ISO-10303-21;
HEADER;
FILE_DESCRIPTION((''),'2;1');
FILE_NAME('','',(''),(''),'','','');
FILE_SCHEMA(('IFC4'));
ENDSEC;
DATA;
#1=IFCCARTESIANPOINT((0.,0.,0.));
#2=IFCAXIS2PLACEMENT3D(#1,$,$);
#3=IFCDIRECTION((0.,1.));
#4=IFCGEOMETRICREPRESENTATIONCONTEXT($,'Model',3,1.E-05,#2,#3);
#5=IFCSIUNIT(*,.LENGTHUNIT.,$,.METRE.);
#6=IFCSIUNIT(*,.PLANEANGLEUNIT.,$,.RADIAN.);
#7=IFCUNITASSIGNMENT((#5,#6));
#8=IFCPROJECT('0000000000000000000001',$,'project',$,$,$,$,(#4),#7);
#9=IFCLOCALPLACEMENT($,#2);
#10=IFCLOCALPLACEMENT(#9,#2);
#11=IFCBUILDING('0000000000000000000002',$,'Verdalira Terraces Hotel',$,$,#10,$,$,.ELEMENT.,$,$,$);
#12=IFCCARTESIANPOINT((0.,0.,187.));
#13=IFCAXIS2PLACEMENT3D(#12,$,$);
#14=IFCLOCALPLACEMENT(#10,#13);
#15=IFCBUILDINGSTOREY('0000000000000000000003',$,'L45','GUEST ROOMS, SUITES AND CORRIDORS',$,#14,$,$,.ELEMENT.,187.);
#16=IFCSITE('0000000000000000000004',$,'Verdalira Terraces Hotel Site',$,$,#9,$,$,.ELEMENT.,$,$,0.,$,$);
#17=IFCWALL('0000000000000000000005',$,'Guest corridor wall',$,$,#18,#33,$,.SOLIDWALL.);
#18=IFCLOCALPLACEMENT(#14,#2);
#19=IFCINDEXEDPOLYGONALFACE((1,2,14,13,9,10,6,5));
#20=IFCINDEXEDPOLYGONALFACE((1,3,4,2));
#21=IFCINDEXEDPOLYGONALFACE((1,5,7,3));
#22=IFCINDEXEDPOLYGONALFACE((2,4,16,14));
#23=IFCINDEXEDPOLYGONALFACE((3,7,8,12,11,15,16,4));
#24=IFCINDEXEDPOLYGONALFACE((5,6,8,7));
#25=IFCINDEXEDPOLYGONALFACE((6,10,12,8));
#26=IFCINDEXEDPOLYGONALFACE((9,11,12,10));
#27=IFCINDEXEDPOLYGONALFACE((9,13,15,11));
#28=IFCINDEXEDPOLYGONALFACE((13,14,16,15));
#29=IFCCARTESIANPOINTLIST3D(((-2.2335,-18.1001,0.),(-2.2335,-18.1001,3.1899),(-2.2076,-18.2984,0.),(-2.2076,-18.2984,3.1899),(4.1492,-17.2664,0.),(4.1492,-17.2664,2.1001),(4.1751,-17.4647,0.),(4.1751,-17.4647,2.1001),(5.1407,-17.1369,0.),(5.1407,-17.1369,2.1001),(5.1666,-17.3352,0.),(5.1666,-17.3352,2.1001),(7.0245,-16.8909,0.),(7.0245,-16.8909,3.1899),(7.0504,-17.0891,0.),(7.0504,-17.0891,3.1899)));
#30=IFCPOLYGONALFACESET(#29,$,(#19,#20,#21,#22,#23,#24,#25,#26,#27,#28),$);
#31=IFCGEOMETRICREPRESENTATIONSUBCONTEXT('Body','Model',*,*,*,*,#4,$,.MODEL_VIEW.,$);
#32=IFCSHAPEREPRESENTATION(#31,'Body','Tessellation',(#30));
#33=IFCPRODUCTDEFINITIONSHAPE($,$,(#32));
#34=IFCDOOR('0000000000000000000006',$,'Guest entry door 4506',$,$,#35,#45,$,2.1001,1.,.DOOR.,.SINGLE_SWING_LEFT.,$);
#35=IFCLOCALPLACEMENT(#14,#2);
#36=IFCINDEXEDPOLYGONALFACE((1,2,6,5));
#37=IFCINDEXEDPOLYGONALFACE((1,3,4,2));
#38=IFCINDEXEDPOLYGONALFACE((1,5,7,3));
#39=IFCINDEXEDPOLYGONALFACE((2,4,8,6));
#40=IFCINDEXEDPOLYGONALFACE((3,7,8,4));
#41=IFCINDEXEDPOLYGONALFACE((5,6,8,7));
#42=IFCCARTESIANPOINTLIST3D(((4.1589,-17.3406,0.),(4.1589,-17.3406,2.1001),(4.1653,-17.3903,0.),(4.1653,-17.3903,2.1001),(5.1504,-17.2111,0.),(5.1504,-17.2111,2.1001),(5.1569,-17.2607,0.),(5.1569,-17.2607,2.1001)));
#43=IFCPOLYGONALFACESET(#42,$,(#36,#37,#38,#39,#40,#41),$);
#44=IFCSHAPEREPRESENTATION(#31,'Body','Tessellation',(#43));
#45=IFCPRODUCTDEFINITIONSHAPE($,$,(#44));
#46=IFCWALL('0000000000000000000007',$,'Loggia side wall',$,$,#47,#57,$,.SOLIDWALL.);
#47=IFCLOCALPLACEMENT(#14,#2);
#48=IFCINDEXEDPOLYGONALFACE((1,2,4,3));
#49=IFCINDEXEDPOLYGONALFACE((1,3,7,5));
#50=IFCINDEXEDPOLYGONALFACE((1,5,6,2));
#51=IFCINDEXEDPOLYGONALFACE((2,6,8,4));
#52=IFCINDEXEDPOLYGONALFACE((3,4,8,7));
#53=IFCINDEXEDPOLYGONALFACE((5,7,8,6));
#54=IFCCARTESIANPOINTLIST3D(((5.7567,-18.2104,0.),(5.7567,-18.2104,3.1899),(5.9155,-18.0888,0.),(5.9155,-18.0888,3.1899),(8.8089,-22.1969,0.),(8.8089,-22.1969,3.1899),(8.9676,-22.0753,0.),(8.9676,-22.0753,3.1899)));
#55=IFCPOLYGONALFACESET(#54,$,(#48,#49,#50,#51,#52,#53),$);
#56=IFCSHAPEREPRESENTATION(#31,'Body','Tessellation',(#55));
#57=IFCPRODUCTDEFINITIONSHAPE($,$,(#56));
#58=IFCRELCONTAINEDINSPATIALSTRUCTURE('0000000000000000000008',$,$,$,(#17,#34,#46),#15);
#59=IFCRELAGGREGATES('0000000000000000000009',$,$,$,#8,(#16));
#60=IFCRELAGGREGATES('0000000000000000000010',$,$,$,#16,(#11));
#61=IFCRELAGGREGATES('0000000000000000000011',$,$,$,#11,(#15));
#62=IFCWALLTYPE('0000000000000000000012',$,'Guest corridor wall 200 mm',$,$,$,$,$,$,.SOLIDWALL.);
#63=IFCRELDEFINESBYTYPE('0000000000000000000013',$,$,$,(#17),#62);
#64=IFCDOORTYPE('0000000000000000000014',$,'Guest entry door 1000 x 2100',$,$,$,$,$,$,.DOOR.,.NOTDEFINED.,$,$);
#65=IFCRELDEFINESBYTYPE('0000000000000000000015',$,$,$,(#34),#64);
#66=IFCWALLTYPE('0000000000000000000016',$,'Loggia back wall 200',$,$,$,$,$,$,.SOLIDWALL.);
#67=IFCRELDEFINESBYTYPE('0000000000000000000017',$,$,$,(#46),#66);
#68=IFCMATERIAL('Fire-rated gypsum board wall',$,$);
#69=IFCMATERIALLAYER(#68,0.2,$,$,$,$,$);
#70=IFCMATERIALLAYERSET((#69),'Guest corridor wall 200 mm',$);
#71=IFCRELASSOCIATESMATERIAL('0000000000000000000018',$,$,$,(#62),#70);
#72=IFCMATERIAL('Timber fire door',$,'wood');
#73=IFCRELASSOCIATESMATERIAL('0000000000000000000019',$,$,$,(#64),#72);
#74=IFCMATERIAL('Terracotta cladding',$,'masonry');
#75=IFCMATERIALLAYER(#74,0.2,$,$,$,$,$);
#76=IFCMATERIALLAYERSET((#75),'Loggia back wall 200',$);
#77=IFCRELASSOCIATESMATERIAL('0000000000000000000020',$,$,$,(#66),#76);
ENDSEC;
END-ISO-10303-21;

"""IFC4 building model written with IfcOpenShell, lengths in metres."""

from ifc_helpers import new_model, si_unit, direction, frame, frame_2d, origin, place, context, subcontext, project, spatial, rectangle, extrude, material, layer, layer_set, type_object, element, fill, save


model = new_model("IFC4")

# Units and contexts
model_context = context("Model", 3, precision=1e-05, world=origin(), true_north=direction((0.0, 1.0)))
body_context = subcontext(model_context, "Body", "Model", "MODEL_VIEW")
ifc_project = project(units=[si_unit("LENGTHUNIT", "METRE"), si_unit("PLANEANGLEUNIT", "RADIAN")], contexts=[model_context])

# Site, building, storey
site_placement = place(None, origin())
site = spatial("IfcSite", under=ifc_project, at=site_placement, Name="Verdalira Terraces Hotel Site", CompositionType="ELEMENT", RefElevation=0.0)
building_placement = place(site_placement, origin())
building = spatial("IfcBuilding", under=site, at=building_placement, Name="Verdalira Terraces Hotel", CompositionType="ELEMENT")
storey_placement = place(building_placement, frame((0.0, 0.0, 187.0)))
storey = spatial("IfcBuildingStorey", under=building, at=storey_placement, Name="L45", Description="GUEST ROOMS, SUITES AND CORRIDORS", CompositionType="ELEMENT", Elevation=187.0)

# Wall, opening, door
ifc_material_1 = material(Name="Fire-rated gypsum board wall")
ifc_layer_1 = layer(ifc_material_1, 0.2)
ifc_layer_set_1 = layer_set([ifc_layer_1], Name="Guest corridor wall 200 mm")
wall_type_1 = type_object("IfcWallType", Name="Guest corridor wall 200 mm", PredefinedType="SOLIDWALL", material=ifc_layer_set_1)
wall_1_placement = place(storey_placement, frame((7.0376, -16.99, 0.0), z_axis=(0.0, 0.0, 1.0), x_axis=(-0.991578, -0.129514, 0.0)))
wall_1 = element("IfcWall", 1, at=wall_1_placement, inside=storey, type_object=wall_type_1, Name="Guest corridor wall", PredefinedType="SOLIDWALL", context=body_context, shape_type="SweptSolid", body=[
    extrude(rectangle(XDim=9.3367, YDim=0.2, at=frame_2d((4.6685, 0.0))), origin(), (0.0, 0.0, 1.0), 3.1899),
])
opening_1_placement = place(wall_1_placement, frame((1.8999, 0.0, 0.0)))
opening_1 = element("IfcOpeningElement", 2, at=opening_1_placement, cuts=wall_1, PredefinedType="OPENING", context=body_context, shape_type="SweptSolid", body=[
    extrude(rectangle(XDim=1.0, YDim=2.1001, at=frame_2d((0.5, 1.05))), frame((0.0, 0.1099, 0.0), z_axis=(0.0, -1.0, 0.0), x_axis=(1.0, 0.0, 0.0)), (0.0, 0.0, 1.0), 0.22),
])
ifc_material_2 = material(Name="Timber fire door", Category="wood")
door_type_1 = type_object("IfcDoorType", Name="Guest entry door 1000 x 2100", OperationType="NOTDEFINED", PredefinedType="DOOR", material=ifc_material_2)
door_1_placement = place(opening_1_placement, origin())
door_1 = element("IfcDoor", 3, at=door_1_placement, inside=storey, type_object=door_type_1, Name="Guest entry door 4506", OperationType="SINGLE_SWING_LEFT", OverallHeight=2.1001, OverallWidth=1.0, PredefinedType="DOOR", context=body_context, shape_type="SweptSolid", body=[
    extrude(rectangle(XDim=1.0, YDim=2.1001, at=frame_2d((0.5, 1.05))), frame((0.0, 0.0249, 0.0), z_axis=(0.0, -1.0, 0.0), x_axis=(1.0, 0.0, 0.0)), (0.0, 0.0, 1.0), 0.05),
])
fill(opening_1, door_1)

# Wall
ifc_material_3 = material(Name="Terracotta cladding", Category="masonry")
ifc_layer_2 = layer(ifc_material_3, 0.2)
ifc_layer_set_2 = layer_set([ifc_layer_2], Name="Loggia back wall 200")
wall_type_2 = type_object("IfcWallType", Name="Loggia back wall 200", PredefinedType="SOLIDWALL", material=ifc_layer_set_2)
wall_2_placement = place(storey_placement, frame((8.8882, -22.136, 0.0), z_axis=(0.0, 0.0, 1.0), x_axis=(-0.607914, 0.794003, 0.0)))
element("IfcWall", 4, at=wall_2_placement, inside=storey, type_object=wall_type_2, Name="Loggia side wall", PredefinedType="SOLIDWALL", context=body_context, shape_type="SweptSolid", body=[
    extrude(rectangle(XDim=5.0208, YDim=0.2, at=frame_2d((2.5103, 0.0))), origin(), (0.0, 0.0, 1.0), 3.1899),
])

save(model, "model.ifc")
